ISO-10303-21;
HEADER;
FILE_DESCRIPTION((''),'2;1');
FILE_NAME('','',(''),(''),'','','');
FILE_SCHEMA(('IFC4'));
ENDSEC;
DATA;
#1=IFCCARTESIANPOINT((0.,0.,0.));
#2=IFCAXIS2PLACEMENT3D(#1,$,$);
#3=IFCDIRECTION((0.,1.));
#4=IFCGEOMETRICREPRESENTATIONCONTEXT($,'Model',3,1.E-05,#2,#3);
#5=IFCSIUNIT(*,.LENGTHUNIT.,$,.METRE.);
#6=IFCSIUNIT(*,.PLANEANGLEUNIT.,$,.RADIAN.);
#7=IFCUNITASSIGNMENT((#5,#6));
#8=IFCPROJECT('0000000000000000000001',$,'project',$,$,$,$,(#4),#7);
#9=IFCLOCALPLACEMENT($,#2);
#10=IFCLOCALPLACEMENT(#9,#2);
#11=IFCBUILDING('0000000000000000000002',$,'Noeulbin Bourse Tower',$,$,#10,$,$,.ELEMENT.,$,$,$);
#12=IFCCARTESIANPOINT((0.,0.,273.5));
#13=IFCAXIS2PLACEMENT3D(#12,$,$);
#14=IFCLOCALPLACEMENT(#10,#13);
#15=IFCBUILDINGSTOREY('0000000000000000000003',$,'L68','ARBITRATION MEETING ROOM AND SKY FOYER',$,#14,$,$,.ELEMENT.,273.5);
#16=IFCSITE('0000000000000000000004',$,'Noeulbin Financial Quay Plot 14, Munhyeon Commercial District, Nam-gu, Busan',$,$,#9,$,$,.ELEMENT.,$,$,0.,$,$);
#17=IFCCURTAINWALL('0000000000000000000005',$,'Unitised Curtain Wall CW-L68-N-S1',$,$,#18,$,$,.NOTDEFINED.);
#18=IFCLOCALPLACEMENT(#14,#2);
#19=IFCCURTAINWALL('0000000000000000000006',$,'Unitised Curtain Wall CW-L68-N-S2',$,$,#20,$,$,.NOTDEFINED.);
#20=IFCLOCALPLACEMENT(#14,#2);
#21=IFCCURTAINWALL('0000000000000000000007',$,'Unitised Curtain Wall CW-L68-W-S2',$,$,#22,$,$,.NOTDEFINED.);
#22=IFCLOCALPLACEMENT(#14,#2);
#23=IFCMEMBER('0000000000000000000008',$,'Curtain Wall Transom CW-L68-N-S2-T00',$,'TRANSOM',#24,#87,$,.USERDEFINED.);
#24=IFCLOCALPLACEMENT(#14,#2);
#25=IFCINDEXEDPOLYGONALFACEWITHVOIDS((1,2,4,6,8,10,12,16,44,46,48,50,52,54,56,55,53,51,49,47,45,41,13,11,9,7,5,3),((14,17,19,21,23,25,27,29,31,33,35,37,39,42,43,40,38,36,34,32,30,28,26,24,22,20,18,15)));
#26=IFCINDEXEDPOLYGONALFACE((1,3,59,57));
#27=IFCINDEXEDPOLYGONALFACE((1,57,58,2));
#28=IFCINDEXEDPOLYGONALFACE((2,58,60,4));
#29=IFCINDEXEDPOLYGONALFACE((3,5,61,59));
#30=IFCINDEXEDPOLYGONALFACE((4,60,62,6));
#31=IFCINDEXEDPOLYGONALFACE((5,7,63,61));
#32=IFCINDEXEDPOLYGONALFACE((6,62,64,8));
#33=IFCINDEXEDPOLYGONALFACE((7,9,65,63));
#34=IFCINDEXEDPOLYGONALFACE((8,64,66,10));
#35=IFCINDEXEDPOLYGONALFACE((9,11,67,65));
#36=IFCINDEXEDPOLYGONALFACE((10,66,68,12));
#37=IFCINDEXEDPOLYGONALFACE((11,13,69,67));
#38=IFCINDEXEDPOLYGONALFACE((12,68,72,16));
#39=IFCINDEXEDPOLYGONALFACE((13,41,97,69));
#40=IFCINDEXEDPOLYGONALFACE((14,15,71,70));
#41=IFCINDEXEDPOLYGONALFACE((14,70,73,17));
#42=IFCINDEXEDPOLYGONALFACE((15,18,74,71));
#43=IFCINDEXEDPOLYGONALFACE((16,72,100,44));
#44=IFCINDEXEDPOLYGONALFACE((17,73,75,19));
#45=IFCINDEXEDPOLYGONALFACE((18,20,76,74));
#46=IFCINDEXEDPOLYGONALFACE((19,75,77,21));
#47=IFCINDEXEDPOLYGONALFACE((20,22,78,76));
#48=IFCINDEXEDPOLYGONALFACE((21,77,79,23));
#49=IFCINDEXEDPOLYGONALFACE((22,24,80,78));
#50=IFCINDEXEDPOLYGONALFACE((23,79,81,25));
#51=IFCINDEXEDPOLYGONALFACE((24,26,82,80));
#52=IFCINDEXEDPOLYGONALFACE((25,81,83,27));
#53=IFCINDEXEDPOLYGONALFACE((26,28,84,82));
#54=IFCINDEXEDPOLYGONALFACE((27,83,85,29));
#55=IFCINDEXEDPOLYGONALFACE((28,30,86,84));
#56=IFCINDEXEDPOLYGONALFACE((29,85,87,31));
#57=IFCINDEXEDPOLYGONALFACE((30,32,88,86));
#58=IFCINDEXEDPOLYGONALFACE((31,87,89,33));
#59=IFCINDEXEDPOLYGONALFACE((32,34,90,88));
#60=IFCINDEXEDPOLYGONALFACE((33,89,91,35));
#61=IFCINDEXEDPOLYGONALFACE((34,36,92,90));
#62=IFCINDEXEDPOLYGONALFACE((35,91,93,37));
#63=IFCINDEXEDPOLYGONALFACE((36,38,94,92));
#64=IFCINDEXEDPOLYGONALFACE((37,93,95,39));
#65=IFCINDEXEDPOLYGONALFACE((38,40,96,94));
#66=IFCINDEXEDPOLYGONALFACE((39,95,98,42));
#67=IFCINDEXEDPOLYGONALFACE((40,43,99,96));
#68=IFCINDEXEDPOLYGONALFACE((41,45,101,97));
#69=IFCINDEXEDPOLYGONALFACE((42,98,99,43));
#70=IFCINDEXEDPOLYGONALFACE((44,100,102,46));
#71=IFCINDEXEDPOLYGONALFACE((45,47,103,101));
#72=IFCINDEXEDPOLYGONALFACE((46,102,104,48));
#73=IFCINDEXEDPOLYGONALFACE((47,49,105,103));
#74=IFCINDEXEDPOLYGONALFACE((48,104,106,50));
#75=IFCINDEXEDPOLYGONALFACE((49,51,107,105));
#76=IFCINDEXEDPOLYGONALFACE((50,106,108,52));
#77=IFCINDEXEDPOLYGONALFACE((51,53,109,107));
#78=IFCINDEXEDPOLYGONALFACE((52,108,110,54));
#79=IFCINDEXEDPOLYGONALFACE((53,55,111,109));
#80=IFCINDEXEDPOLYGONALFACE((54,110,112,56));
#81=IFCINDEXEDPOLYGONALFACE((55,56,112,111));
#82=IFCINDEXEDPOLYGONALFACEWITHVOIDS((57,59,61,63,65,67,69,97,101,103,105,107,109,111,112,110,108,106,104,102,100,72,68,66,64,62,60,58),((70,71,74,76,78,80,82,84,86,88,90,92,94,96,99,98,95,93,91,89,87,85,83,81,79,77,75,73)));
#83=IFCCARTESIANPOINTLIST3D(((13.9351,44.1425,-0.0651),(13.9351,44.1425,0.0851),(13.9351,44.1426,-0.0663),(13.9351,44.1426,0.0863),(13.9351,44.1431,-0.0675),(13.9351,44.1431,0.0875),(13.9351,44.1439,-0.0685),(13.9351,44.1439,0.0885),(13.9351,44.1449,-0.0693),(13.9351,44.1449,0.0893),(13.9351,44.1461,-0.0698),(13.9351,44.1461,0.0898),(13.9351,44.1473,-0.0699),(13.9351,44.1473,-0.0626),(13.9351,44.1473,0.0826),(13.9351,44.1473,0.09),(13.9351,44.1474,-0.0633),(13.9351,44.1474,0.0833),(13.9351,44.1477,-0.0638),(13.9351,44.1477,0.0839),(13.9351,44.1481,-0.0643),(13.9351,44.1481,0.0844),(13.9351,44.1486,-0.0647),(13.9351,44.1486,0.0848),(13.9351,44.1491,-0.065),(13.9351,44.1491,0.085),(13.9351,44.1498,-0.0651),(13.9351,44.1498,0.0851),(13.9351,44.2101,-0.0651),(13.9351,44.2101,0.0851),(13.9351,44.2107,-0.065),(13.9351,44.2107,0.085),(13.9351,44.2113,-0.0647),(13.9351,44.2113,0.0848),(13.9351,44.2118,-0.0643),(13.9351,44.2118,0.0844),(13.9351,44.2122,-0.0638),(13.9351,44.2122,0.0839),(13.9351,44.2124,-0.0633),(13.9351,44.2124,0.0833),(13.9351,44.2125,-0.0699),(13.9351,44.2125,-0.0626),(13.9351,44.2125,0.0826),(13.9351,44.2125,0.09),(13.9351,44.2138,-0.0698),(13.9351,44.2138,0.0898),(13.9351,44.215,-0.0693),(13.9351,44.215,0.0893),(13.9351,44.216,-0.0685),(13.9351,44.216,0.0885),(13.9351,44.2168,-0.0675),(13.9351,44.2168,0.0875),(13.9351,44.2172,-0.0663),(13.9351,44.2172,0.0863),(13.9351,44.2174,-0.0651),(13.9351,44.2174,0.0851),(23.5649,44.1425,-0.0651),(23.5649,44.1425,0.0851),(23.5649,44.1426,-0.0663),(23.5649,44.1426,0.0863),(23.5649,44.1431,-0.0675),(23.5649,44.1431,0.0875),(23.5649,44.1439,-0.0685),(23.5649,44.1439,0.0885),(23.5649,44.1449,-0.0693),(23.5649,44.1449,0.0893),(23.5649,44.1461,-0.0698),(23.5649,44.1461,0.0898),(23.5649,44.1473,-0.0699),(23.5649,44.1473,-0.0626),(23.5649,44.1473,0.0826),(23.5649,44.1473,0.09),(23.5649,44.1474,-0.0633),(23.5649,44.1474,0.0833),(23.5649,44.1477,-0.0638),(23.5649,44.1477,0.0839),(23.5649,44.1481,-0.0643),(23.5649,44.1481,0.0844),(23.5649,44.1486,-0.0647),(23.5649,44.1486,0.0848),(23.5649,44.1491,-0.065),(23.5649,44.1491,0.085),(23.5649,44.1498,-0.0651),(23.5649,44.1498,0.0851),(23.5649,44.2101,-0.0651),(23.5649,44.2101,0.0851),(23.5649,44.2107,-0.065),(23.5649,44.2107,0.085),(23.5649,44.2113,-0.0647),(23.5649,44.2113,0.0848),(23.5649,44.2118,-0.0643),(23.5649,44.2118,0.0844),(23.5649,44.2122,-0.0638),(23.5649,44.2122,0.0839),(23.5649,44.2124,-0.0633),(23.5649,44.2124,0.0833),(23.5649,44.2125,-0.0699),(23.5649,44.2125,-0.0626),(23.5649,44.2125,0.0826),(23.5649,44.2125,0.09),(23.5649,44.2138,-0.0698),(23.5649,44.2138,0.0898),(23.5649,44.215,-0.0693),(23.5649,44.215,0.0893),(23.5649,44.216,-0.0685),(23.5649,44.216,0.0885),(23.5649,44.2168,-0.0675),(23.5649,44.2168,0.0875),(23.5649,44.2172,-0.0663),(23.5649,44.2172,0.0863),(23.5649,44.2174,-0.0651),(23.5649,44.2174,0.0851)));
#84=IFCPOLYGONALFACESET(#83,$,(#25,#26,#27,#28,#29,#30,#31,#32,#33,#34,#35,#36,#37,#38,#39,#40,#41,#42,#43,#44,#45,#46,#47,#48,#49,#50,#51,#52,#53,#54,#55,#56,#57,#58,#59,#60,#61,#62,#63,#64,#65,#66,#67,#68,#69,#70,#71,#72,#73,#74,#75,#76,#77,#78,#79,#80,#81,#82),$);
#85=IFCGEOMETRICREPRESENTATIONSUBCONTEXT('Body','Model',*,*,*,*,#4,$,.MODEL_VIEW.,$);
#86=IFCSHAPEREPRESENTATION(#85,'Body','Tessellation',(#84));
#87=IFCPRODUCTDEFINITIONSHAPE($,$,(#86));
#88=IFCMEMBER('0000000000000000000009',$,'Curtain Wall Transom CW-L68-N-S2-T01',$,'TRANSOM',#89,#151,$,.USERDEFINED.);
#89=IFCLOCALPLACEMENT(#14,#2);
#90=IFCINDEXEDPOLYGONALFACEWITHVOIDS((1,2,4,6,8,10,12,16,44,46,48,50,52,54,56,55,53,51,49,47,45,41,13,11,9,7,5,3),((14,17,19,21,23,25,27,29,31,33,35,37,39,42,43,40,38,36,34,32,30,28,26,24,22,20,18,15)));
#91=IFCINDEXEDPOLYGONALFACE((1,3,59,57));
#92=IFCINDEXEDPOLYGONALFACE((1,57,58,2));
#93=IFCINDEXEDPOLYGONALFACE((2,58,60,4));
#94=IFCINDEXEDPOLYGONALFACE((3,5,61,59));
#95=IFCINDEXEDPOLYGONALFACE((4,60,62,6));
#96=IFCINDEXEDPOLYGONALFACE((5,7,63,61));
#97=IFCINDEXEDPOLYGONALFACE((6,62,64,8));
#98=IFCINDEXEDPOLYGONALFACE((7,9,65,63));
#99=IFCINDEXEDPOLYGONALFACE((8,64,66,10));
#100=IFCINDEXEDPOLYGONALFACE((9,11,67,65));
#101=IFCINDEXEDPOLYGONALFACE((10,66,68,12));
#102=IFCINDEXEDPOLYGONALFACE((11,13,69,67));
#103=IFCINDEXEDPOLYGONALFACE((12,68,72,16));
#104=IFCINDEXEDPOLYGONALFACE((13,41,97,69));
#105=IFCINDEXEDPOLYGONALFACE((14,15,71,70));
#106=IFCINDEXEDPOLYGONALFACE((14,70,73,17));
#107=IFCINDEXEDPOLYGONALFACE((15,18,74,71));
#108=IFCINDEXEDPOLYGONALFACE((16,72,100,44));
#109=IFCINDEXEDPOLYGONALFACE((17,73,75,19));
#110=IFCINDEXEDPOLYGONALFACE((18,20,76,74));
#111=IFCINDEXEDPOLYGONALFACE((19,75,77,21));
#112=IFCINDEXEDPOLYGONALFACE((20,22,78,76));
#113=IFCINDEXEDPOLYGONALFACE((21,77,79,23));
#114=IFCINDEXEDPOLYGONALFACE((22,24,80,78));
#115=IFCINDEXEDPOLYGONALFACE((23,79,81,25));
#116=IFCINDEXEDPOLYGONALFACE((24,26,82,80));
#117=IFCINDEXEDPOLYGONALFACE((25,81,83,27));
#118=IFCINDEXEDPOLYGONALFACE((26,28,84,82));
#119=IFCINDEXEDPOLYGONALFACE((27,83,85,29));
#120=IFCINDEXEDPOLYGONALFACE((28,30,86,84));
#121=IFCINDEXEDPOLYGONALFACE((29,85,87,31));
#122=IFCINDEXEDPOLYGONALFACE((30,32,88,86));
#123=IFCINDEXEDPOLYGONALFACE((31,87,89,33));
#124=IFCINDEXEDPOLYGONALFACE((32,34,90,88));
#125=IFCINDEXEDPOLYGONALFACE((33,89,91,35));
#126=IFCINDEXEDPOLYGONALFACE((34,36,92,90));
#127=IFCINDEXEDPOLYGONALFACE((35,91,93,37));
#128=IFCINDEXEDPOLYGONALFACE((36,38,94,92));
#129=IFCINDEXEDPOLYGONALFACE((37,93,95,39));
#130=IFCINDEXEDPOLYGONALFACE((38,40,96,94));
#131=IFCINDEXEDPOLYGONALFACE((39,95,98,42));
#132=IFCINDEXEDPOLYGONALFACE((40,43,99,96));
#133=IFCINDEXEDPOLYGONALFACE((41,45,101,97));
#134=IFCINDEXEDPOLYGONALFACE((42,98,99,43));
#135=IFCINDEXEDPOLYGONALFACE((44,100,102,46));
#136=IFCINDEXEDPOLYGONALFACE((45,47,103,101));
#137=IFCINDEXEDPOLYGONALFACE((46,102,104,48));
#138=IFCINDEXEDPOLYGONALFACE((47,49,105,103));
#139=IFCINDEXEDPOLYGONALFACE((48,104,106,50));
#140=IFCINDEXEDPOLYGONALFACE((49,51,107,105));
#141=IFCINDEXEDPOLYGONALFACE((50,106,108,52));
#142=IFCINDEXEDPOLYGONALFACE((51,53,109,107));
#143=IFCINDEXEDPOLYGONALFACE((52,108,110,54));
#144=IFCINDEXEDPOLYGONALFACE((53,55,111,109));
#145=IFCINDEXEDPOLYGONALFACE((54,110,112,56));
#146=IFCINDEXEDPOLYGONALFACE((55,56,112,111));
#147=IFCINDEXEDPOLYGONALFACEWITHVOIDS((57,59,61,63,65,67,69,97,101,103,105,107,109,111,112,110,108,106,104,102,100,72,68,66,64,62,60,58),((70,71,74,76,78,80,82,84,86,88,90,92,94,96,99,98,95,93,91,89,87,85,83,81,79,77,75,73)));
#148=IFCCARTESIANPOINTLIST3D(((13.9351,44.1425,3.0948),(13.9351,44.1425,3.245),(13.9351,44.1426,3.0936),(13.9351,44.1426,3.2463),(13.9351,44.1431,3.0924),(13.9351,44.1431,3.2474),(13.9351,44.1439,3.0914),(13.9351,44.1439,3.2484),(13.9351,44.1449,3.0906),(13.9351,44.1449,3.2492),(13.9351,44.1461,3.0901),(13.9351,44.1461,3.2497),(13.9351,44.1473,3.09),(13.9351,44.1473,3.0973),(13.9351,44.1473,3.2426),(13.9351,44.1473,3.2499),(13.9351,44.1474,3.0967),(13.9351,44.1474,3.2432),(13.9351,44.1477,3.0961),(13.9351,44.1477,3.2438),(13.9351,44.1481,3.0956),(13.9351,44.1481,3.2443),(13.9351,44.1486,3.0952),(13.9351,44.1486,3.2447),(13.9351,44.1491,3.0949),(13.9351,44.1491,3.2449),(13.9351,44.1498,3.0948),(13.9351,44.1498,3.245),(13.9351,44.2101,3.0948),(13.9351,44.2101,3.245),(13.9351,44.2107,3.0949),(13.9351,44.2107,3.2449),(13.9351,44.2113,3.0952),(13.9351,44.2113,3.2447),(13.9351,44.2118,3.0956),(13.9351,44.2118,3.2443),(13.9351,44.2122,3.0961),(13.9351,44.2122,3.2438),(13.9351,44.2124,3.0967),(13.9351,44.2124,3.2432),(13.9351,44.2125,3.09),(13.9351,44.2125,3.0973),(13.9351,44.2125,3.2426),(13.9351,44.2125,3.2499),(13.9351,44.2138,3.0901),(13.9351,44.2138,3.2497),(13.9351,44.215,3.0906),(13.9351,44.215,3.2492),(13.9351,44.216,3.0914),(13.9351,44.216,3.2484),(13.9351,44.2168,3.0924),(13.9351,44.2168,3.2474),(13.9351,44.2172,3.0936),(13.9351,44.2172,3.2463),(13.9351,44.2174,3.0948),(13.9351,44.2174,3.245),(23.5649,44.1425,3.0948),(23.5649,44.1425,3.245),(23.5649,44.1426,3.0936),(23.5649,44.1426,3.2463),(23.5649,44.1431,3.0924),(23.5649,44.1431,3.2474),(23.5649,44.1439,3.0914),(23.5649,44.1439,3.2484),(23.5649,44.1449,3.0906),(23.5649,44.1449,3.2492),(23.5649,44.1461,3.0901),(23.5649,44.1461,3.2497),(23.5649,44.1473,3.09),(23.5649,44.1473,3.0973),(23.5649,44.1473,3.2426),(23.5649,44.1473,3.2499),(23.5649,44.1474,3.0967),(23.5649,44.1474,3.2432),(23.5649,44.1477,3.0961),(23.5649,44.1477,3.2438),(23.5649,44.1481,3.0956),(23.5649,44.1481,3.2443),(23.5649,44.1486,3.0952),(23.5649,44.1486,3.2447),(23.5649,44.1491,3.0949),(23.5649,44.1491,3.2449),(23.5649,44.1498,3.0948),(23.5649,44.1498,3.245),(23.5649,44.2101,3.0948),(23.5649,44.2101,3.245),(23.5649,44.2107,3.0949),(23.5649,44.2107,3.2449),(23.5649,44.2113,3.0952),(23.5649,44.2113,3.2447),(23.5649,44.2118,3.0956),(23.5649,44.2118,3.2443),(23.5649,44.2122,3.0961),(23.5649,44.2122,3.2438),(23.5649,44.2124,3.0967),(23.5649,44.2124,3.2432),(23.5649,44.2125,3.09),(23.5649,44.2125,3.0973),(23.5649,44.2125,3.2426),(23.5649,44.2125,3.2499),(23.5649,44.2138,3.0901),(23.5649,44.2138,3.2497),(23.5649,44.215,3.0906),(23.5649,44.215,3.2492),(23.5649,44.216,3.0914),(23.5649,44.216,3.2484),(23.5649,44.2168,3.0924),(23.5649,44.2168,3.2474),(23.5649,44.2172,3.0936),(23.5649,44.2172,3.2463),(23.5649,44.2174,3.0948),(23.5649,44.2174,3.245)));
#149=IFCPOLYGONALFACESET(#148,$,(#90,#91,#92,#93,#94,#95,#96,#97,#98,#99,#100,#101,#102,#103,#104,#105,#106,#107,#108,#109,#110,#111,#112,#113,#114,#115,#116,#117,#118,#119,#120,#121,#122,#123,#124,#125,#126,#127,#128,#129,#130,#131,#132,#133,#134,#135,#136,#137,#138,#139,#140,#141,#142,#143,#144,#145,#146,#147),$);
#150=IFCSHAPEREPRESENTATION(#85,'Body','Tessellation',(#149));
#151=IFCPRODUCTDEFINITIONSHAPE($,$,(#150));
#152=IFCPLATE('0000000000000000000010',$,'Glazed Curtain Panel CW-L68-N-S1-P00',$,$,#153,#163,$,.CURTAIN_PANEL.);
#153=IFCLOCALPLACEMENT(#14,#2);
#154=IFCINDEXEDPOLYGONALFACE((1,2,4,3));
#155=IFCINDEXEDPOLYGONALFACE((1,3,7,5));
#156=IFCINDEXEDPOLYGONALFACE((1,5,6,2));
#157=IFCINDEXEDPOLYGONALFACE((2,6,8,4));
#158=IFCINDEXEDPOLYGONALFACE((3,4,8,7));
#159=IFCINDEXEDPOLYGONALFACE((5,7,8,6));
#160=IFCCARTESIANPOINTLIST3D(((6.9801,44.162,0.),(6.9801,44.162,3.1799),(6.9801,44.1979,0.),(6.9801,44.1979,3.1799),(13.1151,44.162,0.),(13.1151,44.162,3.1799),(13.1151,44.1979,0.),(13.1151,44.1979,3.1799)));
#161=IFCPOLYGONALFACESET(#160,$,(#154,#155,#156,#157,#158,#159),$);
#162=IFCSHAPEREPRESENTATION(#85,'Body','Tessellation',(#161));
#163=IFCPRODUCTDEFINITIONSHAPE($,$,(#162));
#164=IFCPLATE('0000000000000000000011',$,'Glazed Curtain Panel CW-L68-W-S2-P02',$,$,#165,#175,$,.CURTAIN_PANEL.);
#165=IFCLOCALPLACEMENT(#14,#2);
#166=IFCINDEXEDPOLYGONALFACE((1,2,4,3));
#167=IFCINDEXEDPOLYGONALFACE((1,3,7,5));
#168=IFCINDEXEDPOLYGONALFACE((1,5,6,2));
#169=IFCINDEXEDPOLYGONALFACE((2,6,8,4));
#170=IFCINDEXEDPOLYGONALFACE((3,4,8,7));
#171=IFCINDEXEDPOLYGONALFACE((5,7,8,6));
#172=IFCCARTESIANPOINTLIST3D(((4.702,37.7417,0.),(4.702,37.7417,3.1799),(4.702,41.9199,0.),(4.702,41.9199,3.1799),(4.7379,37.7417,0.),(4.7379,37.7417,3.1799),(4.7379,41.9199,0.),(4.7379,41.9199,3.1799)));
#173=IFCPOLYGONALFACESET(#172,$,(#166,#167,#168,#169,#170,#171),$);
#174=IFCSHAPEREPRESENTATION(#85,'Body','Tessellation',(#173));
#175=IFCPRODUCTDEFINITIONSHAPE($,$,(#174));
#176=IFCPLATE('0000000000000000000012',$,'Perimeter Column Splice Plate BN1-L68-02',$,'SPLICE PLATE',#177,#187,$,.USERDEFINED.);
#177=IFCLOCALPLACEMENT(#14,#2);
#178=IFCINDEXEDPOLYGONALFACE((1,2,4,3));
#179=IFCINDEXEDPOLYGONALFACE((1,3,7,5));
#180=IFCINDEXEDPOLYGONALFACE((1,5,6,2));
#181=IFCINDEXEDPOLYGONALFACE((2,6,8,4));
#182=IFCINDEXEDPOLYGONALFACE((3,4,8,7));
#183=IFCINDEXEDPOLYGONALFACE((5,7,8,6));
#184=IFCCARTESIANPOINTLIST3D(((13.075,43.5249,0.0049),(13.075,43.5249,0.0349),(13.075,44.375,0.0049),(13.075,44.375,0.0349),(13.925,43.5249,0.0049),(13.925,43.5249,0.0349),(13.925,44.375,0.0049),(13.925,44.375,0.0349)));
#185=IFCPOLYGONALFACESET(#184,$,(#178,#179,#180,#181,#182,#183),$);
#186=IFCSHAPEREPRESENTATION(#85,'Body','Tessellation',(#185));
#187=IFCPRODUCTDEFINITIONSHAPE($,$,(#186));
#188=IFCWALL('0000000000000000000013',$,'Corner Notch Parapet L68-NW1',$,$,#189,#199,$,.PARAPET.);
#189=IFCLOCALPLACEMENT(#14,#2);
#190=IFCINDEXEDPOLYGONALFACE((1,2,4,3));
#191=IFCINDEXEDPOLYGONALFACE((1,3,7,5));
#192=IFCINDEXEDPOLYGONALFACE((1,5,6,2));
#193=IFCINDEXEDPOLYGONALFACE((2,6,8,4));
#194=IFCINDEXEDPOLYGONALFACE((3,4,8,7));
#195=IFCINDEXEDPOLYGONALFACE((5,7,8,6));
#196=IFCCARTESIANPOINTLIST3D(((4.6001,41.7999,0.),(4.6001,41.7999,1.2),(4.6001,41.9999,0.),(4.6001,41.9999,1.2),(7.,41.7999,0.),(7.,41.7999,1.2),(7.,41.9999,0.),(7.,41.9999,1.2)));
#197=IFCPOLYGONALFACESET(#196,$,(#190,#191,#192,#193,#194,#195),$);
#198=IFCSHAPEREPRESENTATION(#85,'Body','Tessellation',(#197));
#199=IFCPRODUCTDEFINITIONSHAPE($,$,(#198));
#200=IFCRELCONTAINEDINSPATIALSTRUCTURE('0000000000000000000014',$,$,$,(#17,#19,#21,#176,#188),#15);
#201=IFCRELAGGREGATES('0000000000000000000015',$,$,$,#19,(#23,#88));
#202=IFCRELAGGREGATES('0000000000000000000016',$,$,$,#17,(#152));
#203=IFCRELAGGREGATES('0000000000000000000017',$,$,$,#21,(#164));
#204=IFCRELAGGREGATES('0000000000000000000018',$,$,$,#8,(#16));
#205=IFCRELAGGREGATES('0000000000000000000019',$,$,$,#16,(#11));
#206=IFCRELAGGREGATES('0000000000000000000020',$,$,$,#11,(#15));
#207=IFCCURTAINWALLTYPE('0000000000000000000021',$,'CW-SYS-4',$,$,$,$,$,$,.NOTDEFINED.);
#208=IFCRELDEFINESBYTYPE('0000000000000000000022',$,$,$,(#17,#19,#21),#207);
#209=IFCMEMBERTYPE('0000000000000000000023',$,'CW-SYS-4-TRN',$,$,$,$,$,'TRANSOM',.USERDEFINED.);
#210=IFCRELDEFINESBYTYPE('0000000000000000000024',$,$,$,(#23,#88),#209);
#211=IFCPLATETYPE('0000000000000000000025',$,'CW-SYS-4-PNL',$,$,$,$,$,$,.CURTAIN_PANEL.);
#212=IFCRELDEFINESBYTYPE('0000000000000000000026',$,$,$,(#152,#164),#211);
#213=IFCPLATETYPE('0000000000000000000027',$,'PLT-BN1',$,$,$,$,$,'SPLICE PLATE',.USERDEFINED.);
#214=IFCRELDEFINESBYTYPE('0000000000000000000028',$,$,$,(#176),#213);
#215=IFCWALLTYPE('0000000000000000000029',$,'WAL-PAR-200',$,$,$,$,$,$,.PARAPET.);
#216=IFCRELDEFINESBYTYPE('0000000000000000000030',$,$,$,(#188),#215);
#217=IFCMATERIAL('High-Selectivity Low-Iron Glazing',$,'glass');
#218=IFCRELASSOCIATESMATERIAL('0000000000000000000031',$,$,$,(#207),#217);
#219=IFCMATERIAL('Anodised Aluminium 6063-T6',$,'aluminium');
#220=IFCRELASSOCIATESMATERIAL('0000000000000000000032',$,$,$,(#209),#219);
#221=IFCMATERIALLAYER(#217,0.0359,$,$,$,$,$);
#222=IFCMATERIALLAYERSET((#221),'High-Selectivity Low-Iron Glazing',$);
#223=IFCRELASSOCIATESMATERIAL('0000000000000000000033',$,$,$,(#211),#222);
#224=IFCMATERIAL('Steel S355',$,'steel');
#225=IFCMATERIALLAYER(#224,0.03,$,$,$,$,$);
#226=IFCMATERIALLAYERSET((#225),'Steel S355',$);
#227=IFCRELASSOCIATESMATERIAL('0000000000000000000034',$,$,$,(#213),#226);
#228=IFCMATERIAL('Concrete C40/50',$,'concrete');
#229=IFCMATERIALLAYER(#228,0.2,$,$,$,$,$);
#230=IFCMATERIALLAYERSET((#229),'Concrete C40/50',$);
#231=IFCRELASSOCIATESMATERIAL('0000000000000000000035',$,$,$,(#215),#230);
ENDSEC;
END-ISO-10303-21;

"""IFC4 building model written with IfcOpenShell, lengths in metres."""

from ifc_helpers import new_model, si_unit, direction, frame, frame_2d, origin, origin_2d, place, context, subcontext, project, spatial, rectangle, hollow_rectangle, extrude, material, layer, layer_set, material_profile, profile_set, type_object, element, aggregate, save


model = new_model("IFC4")

# Units and contexts
model_context = context("Model", 3, precision=1e-05, world=origin(), true_north=direction((0.0, 1.0)))
body_context = subcontext(model_context, "Body", "Model", "MODEL_VIEW")
ifc_project = project(units=[si_unit("LENGTHUNIT", "METRE"), si_unit("PLANEANGLEUNIT", "RADIAN")], contexts=[model_context])

# Site, building, storey
site_placement = place(None, origin())
site = spatial("IfcSite", under=ifc_project, at=site_placement, Name="Noeulbin Financial Quay Plot 14, Munhyeon Commercial District, Nam-gu, Busan", CompositionType="ELEMENT", RefElevation=0.0)
building_placement = place(site_placement, origin())
building = spatial("IfcBuilding", under=site, at=building_placement, Name="Noeulbin Bourse Tower", CompositionType="ELEMENT")
storey_placement = place(building_placement, frame((0.0, 0.0, 273.5)))
storey = spatial("IfcBuildingStorey", under=building, at=storey_placement, Name="L68", Description="ARBITRATION MEETING ROOM AND SKY FOYER", CompositionType="ELEMENT", Elevation=273.5)

# Shared definitions
ifc_material_1 = material(Name="Steel S355", Category="steel")

# Curtain wall
ifc_material_2 = material(Name="High-Selectivity Low-Iron Glazing", Category="glass")
curtain_wall_type = type_object("IfcCurtainWallType", Name="CW-SYS-4", PredefinedType="NOTDEFINED", material=ifc_material_2)
curtain_wall_1_placement = place(storey_placement, origin())
curtain_wall_1 = element("IfcCurtainWall", 1, at=curtain_wall_1_placement, inside=storey, type_object=curtain_wall_type, Name="Unitised Curtain Wall CW-L68-N-S1", PredefinedType="NOTDEFINED")
ifc_material_3 = material(Name="Anodised Aluminium 6063-T6", Category="aluminium")

# Curtain walls
curtain_wall_2_placement = place(storey_placement, origin())
curtain_wall_2 = element("IfcCurtainWall", 2, at=curtain_wall_2_placement, inside=storey, type_object=curtain_wall_type, Name="Unitised Curtain Wall CW-L68-N-S2", PredefinedType="NOTDEFINED")
curtain_wall_3_placement = place(storey_placement, origin())
curtain_wall_3 = element("IfcCurtainWall", 3, at=curtain_wall_3_placement, inside=storey, type_object=curtain_wall_type, Name="Unitised Curtain Wall CW-L68-W-S2", PredefinedType="NOTDEFINED")

# Members
ifc_material_profile_1 = material_profile(ifc_material_3, hollow_rectangle(XDim=0.075, YDim=0.1599, WallThickness=0.0049, InnerFilletRadius=0.0024, OuterFilletRadius=0.0049, at=origin_2d()), Name="ALU-TRAN-75x160x5", Category="LoadBearing")
ifc_profile_set_1 = profile_set([ifc_material_profile_1], Name="Anodised Aluminium 6063-T6")
member_type_1 = type_object("IfcMemberType", Name="CW-SYS-4-TRN", ElementType="TRANSOM", PredefinedType="USERDEFINED", material=ifc_profile_set_1)
member_1_placement = place(storey_placement, frame((13.9351, 44.1799, 0.01), z_axis=(1.0, 0.0, 0.0), x_axis=(0.0, 1.0, 0.0)))
member_1 = element("IfcMember", 4, at=member_1_placement, type_object=member_type_1, Name="Curtain Wall Transom CW-L68-N-S2-T00", ObjectType="TRANSOM", PredefinedType="USERDEFINED", context=body_context, shape_type="SweptSolid", body=[
    extrude(hollow_rectangle(XDim=0.075, YDim=0.1599, WallThickness=0.0049, InnerFilletRadius=0.0024, OuterFilletRadius=0.0049, at=origin_2d()), origin(), (0.0, 0.0, 1.0), 9.6299),
])
member_2_placement = place(storey_placement, frame((13.9351, 44.1799, 3.1699), z_axis=(1.0, 0.0, 0.0), x_axis=(0.0, 1.0, 0.0)))
member_2 = element("IfcMember", 5, at=member_2_placement, type_object=member_type_1, Name="Curtain Wall Transom CW-L68-N-S2-T01", ObjectType="TRANSOM", PredefinedType="USERDEFINED", context=body_context, shape_type="SweptSolid", body=[
    extrude(hollow_rectangle(XDim=0.075, YDim=0.1599, WallThickness=0.0049, InnerFilletRadius=0.0024, OuterFilletRadius=0.0049, at=origin_2d()), origin(), (0.0, 0.0, 1.0), 9.6299),
])
aggregate(curtain_wall_2, [member_1, member_2])

# Plates
ifc_layer_1 = layer(ifc_material_2, 0.0359)
ifc_layer_set_1 = layer_set([ifc_layer_1], Name="High-Selectivity Low-Iron Glazing")
plate_type_1 = type_object("IfcPlateType", Name="CW-SYS-4-PNL", PredefinedType="CURTAIN_PANEL", material=ifc_layer_set_1)
plate_1_placement = place(storey_placement, frame((10.0476, 44.1799, 0.0), z_axis=(0.0, 0.0, 1.0), x_axis=(1.0, 0.0, 0.0)))
plate_1 = element("IfcPlate", 6, at=plate_1_placement, type_object=plate_type_1, Name="Glazed Curtain Panel CW-L68-N-S1-P00", PredefinedType="CURTAIN_PANEL", context=body_context, shape_type="SweptSolid", body=[
    extrude(rectangle(XDim=6.135, YDim=0.0359, at=origin_2d()), origin(), (0.0, 0.0, 1.0), 3.1799),
])
aggregate(curtain_wall_1, [plate_1])
plate_2_placement = place(storey_placement, frame((4.72, 39.8308, 0.0), z_axis=(0.0, 0.0, 1.0), x_axis=(0.0, 1.0, 0.0)))
plate_2 = element("IfcPlate", 7, at=plate_2_placement, type_object=plate_type_1, Name="Glazed Curtain Panel CW-L68-W-S2-P02", PredefinedType="CURTAIN_PANEL", context=body_context, shape_type="SweptSolid", body=[
    extrude(rectangle(XDim=4.1782, YDim=0.0359, at=origin_2d()), origin(), (0.0, 0.0, 1.0), 3.1799),
])
aggregate(curtain_wall_3, [plate_2])
ifc_layer_2 = layer(ifc_material_1, 0.03)
ifc_layer_set_2 = layer_set([ifc_layer_2], Name="Steel S355")
plate_type_2 = type_object("IfcPlateType", Name="PLT-BN1", ElementType="SPLICE PLATE", PredefinedType="USERDEFINED", material=ifc_layer_set_2)
plate_3_placement = place(storey_placement, frame((13.5, 43.95, 0.0049), z_axis=(0.0, 0.0, 1.0), x_axis=(1.0, 0.0, 0.0)))
element("IfcPlate", 8, at=plate_3_placement, inside=storey, type_object=plate_type_2, Name="Perimeter Column Splice Plate BN1-L68-02", ObjectType="SPLICE PLATE", PredefinedType="USERDEFINED", context=body_context, shape_type="SweptSolid", body=[
    extrude(rectangle(XDim=0.8501, YDim=0.8501, at=origin_2d()), origin(), (0.0, 0.0, 1.0), 0.03),
])

# Wall
ifc_material_4 = material(Name="Concrete C40/50", Category="concrete")
ifc_layer_3 = layer(ifc_material_4, 0.2)
ifc_layer_set_3 = layer_set([ifc_layer_3], Name="Concrete C40/50")
wall_type_1 = type_object("IfcWallType", Name="WAL-PAR-200", PredefinedType="PARAPET", material=ifc_layer_set_3)
wall_1_placement = place(storey_placement, frame((4.6001, 41.8999, 0.0), z_axis=(0.0, 0.0, 1.0), x_axis=(1.0, 0.0, 0.0)))
element("IfcWall", 9, at=wall_1_placement, inside=storey, type_object=wall_type_1, Name="Corner Notch Parapet L68-NW1", PredefinedType="PARAPET", context=body_context, shape_type="SweptSolid", body=[
    extrude(rectangle(XDim=2.3999, YDim=0.2, at=frame_2d((1.2, 0.0))), origin(), (0.0, 0.0, 1.0), 1.2),
])

save(model, "model.ifc")
